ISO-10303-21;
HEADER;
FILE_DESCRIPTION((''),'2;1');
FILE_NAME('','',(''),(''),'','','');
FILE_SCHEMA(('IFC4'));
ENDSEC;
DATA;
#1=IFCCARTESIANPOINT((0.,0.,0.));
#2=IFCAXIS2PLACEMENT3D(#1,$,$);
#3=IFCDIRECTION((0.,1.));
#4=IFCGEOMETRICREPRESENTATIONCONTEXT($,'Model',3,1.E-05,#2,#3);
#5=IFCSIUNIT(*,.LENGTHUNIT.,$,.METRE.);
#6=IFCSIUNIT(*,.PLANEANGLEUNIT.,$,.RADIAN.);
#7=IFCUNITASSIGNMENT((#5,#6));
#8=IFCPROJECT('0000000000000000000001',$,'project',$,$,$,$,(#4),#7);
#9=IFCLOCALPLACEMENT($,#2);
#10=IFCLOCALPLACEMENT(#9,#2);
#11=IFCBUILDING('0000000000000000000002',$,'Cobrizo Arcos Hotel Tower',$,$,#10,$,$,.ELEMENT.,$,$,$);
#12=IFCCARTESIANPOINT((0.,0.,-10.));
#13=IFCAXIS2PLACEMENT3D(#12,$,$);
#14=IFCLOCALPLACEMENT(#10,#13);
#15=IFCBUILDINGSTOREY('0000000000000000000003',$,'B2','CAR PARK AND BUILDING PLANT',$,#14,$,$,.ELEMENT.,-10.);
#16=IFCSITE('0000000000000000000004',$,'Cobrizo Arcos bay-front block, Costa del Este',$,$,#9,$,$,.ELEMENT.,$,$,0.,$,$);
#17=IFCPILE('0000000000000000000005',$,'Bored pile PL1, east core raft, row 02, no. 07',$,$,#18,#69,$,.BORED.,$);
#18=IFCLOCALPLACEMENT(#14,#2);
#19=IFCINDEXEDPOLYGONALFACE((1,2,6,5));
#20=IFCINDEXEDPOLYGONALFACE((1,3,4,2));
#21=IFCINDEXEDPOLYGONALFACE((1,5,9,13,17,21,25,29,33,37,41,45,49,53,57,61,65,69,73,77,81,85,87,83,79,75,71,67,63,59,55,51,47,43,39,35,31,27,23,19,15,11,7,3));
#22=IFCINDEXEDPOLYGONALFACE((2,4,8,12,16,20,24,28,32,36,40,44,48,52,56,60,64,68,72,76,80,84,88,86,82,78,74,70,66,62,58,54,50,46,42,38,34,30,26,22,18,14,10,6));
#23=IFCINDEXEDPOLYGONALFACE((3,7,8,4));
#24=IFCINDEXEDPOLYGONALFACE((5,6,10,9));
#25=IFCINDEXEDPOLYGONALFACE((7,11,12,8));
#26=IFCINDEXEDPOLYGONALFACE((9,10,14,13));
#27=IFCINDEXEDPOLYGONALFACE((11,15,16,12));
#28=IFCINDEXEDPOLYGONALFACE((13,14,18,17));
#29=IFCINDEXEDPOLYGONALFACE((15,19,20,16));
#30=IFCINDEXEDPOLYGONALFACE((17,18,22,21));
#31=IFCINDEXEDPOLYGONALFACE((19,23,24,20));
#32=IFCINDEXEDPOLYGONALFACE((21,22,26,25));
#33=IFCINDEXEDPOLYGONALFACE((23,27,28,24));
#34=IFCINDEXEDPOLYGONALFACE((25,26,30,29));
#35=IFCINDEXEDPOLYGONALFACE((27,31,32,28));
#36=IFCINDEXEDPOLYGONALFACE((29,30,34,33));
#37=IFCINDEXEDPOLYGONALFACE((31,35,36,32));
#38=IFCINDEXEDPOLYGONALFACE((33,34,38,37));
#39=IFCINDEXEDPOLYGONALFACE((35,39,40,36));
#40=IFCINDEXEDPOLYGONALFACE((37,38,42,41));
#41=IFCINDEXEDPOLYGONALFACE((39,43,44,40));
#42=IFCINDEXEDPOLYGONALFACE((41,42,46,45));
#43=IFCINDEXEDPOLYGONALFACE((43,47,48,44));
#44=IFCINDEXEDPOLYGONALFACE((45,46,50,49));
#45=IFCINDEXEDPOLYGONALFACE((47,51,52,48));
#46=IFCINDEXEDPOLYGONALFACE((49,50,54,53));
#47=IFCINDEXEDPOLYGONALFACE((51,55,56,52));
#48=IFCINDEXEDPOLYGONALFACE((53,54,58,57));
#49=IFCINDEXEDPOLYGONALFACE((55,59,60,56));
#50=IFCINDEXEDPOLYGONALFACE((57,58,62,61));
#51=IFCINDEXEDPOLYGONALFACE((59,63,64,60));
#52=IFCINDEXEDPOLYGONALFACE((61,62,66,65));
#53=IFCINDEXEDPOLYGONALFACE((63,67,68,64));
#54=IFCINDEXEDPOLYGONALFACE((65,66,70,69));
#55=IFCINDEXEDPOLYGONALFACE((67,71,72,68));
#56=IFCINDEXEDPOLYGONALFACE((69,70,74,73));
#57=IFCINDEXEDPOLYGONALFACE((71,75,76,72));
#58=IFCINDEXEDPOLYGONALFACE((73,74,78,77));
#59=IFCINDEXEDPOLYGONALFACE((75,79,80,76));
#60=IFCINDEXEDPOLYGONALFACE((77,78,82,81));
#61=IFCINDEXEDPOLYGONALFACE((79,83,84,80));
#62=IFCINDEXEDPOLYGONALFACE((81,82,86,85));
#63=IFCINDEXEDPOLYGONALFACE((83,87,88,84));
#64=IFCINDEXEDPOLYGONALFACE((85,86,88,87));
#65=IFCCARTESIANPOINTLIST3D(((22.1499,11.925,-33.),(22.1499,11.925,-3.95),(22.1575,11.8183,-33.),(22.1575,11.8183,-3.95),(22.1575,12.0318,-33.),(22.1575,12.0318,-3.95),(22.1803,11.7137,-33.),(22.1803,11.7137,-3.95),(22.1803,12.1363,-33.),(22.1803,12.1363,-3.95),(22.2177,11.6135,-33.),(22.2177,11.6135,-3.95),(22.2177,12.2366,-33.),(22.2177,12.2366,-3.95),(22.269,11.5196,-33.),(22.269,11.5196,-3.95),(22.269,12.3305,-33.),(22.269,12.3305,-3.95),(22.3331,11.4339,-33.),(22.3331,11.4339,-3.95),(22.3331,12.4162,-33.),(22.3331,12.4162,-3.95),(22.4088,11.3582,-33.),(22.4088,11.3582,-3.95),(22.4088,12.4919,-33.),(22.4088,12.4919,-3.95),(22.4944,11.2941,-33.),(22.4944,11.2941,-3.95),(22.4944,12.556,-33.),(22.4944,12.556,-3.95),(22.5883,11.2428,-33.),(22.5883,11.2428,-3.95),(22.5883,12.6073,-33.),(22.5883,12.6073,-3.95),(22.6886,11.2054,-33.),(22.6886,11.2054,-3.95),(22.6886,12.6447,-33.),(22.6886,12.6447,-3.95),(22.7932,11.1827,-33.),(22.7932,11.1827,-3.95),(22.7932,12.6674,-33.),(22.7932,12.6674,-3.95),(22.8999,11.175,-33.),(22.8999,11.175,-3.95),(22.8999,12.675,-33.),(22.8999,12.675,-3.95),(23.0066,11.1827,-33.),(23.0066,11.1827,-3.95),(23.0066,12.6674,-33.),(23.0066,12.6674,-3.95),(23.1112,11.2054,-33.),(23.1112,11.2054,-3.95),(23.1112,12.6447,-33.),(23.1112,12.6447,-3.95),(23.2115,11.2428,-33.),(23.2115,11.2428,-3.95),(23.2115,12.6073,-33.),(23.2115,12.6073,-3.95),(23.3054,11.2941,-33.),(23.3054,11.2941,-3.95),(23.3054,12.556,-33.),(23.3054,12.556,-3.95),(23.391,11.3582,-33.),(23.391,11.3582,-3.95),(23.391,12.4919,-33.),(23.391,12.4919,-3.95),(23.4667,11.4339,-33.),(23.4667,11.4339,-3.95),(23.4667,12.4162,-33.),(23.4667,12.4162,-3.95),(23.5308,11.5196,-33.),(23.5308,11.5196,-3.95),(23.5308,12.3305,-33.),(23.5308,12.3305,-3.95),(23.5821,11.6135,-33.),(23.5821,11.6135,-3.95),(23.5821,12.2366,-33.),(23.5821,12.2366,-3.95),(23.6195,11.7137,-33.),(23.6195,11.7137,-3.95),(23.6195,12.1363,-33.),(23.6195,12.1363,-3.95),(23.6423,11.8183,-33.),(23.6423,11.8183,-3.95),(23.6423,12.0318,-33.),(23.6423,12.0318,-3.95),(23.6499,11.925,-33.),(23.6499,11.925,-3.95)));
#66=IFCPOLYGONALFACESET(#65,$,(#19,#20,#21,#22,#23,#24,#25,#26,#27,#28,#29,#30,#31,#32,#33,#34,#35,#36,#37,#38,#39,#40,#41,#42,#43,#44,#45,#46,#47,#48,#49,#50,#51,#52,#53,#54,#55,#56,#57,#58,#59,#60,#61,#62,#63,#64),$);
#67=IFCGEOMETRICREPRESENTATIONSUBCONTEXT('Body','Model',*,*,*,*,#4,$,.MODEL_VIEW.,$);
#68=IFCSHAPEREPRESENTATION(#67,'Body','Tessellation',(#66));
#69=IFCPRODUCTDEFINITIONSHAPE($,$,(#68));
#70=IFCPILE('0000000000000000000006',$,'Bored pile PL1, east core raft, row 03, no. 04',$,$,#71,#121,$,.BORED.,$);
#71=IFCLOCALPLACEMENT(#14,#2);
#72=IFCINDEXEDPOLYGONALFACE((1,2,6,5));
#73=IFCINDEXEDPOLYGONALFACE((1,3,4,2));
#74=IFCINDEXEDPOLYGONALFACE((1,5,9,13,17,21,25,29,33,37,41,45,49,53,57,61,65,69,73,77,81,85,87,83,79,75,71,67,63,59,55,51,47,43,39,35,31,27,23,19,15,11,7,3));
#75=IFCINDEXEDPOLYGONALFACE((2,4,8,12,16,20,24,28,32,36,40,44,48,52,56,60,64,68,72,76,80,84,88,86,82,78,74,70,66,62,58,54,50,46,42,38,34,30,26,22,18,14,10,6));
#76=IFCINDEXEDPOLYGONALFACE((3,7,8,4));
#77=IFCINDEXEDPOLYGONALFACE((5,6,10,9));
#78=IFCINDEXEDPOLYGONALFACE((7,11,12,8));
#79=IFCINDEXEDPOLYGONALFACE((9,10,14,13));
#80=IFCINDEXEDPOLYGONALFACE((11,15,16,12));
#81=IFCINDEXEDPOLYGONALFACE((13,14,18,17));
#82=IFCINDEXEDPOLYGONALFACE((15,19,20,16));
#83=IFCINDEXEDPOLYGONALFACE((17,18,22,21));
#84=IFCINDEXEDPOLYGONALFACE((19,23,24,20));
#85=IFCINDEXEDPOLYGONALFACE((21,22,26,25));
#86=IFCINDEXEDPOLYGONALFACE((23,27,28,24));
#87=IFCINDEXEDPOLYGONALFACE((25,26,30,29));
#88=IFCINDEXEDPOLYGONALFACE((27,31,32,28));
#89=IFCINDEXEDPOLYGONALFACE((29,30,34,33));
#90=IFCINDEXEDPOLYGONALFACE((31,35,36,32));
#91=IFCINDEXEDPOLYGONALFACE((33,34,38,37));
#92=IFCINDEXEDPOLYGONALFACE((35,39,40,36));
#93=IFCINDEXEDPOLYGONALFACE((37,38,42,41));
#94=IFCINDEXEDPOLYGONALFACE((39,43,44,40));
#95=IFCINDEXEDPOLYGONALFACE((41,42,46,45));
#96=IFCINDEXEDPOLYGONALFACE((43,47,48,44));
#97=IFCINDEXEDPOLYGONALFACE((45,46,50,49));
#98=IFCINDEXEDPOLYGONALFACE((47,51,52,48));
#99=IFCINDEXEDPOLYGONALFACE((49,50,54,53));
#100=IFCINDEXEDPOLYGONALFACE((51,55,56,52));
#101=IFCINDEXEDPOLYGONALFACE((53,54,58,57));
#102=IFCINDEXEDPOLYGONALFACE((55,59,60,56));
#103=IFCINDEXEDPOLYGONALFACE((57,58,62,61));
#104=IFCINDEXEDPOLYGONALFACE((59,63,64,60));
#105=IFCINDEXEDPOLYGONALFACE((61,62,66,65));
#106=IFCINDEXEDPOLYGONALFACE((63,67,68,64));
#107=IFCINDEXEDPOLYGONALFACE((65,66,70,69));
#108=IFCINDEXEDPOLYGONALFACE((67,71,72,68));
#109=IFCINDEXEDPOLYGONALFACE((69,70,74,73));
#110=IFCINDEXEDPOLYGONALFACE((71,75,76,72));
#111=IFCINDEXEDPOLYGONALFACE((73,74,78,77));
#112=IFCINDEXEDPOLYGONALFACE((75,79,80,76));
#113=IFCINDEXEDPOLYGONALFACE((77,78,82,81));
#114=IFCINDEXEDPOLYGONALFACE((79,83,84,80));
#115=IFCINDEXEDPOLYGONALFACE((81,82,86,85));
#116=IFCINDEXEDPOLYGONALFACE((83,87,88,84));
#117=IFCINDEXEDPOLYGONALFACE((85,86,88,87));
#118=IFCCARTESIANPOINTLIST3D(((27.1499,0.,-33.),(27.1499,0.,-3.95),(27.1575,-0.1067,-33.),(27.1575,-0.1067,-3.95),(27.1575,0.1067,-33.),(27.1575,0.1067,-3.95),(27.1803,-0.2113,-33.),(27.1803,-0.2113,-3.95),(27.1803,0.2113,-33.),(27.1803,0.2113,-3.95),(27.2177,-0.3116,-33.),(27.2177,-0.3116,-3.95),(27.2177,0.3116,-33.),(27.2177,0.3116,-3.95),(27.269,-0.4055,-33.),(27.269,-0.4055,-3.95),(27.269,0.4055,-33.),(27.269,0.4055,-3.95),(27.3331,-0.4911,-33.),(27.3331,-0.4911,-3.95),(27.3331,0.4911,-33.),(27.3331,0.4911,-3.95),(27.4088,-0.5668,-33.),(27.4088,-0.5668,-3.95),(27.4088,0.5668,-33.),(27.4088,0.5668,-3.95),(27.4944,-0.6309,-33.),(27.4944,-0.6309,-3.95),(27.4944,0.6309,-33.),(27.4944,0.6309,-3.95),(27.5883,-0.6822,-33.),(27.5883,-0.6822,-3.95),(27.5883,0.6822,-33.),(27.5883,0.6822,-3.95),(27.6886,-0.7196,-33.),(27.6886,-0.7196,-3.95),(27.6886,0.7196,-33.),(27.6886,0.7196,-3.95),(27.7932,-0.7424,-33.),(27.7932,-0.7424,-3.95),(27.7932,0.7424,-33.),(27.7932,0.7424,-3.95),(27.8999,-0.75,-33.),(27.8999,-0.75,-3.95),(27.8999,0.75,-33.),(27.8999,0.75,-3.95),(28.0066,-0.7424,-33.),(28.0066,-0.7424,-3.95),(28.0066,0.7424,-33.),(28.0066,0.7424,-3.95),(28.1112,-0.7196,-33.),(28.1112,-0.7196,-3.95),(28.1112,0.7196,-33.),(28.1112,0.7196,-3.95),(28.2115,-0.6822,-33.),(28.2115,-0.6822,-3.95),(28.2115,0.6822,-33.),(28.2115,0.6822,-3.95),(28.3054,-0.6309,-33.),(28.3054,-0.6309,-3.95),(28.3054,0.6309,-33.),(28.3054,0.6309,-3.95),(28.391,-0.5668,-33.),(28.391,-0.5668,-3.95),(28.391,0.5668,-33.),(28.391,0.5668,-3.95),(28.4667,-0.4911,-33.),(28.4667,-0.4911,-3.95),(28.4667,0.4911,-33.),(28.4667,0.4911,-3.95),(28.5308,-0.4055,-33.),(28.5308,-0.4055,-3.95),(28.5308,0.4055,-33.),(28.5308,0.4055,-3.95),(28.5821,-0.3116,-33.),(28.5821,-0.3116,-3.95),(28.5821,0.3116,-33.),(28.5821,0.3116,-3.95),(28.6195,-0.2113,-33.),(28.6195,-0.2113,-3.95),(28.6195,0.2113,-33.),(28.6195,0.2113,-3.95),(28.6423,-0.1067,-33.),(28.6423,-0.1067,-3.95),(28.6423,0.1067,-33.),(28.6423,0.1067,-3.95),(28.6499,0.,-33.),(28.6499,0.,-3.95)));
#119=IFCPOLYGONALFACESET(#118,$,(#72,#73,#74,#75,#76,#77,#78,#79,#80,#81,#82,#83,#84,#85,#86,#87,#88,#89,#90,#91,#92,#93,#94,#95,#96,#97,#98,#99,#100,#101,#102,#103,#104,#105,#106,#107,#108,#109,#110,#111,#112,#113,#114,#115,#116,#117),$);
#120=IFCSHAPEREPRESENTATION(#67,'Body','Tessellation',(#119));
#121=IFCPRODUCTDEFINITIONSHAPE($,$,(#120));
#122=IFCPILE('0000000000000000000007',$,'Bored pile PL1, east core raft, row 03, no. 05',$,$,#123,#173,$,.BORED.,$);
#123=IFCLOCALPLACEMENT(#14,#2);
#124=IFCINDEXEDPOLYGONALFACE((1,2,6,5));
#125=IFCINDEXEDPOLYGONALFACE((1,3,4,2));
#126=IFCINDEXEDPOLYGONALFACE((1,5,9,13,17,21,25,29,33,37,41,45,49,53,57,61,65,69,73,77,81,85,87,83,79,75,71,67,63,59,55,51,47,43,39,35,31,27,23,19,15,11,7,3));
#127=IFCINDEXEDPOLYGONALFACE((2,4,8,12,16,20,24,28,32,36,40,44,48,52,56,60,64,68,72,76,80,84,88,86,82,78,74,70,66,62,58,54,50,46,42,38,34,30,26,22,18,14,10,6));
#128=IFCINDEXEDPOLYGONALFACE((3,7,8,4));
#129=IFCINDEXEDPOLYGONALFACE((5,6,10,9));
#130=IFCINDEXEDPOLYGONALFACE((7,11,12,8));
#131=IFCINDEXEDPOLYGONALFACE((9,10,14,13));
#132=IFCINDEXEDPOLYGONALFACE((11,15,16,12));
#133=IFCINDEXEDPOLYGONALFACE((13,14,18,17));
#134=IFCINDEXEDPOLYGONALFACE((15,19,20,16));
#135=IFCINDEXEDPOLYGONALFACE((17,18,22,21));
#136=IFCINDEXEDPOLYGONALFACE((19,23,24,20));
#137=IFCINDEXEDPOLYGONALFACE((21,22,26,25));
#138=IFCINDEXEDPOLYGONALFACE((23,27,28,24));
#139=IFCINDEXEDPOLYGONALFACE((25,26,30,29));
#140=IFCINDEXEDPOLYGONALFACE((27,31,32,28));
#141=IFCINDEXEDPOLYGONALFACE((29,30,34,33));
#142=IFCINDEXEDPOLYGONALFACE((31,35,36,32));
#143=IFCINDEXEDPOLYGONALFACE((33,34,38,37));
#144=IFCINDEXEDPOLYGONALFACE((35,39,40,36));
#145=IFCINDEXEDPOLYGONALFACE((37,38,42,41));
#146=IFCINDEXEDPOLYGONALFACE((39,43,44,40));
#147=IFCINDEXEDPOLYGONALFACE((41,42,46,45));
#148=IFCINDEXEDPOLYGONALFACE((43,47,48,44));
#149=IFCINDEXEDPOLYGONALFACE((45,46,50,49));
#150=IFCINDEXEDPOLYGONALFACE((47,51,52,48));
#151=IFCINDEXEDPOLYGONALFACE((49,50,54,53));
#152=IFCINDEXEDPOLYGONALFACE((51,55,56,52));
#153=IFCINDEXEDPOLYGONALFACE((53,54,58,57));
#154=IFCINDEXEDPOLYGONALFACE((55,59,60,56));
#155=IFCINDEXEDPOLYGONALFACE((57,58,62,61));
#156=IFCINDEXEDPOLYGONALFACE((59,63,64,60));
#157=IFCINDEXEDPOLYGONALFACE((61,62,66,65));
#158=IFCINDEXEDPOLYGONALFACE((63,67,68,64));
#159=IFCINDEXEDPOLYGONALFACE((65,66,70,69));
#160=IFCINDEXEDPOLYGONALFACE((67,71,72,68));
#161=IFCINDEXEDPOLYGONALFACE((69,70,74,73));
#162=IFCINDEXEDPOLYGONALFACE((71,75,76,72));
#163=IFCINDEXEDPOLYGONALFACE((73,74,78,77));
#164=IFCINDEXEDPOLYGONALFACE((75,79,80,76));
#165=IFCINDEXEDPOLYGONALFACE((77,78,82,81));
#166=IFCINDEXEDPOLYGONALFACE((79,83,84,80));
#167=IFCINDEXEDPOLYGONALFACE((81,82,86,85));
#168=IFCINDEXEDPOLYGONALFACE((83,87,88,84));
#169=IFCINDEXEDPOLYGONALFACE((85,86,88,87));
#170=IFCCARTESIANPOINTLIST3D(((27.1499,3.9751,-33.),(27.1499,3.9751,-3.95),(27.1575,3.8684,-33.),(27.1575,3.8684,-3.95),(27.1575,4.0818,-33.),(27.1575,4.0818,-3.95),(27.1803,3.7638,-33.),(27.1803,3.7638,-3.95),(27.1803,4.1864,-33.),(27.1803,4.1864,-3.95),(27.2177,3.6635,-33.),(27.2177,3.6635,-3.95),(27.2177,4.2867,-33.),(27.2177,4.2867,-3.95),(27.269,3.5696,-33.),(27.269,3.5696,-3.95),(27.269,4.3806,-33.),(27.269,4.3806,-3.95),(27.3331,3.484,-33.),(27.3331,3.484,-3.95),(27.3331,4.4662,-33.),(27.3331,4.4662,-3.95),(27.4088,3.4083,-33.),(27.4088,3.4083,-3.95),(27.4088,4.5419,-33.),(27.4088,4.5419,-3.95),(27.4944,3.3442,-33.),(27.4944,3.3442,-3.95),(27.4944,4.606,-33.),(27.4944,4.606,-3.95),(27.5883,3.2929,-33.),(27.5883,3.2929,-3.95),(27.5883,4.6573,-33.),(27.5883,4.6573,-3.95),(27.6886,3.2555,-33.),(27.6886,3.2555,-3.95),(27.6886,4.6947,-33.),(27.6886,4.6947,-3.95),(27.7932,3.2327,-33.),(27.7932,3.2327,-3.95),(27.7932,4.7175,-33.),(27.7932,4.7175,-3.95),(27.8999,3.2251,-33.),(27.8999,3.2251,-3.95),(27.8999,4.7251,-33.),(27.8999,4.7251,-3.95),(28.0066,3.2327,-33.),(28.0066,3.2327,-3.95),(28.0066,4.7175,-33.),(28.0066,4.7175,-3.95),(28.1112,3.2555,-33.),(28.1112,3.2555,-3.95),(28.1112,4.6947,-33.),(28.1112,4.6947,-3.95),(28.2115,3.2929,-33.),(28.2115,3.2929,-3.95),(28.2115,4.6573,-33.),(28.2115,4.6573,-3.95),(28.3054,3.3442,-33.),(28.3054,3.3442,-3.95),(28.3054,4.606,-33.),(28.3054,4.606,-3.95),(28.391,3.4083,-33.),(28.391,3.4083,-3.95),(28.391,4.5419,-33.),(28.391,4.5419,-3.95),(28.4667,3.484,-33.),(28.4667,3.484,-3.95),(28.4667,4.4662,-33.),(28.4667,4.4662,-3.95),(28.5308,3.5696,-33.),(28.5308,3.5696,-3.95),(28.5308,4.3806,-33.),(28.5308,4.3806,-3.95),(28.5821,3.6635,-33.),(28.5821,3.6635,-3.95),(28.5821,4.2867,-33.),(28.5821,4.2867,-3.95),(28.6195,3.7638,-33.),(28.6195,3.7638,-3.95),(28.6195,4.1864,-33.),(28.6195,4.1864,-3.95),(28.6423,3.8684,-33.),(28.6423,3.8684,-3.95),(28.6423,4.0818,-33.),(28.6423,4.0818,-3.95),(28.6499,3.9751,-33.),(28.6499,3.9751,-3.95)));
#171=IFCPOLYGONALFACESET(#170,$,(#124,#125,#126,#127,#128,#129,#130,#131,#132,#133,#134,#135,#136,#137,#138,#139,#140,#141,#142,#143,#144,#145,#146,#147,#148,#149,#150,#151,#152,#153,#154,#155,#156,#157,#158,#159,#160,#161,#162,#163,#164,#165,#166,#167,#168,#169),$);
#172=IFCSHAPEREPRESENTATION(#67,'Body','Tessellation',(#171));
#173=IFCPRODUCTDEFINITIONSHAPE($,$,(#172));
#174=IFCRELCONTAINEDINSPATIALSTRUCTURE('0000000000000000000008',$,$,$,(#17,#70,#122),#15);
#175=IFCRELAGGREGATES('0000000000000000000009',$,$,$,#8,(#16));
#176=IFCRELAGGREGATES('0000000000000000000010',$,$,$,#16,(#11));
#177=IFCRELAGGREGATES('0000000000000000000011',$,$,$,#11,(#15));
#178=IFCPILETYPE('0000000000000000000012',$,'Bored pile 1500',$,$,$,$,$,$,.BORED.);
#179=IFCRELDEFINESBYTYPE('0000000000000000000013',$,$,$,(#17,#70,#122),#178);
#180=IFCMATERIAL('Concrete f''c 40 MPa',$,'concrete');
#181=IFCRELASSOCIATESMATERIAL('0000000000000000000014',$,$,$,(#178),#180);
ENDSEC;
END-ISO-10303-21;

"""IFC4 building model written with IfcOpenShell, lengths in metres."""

from ifc_helpers import new_model, si_unit, direction, frame, origin, origin_2d, place, context, subcontext, project, spatial, circle, extrude, material, material_profile, profile_set, type_object, element, save


model = new_model("IFC4")

# Units and contexts
model_context = context("Model", 3, precision=1e-05, world=origin(), true_north=direction((0.0, 1.0)))
body_context = subcontext(model_context, "Body", "Model", "MODEL_VIEW")
ifc_project = project(units=[si_unit("LENGTHUNIT", "METRE"), si_unit("PLANEANGLEUNIT", "RADIAN")], contexts=[model_context])

# Site, building, storey
site_placement = place(None, origin())
site = spatial("IfcSite", under=ifc_project, at=site_placement, Name="Cobrizo Arcos bay-front block, Costa del Este", CompositionType="ELEMENT", RefElevation=0.0)
building_placement = place(site_placement, origin())
building = spatial("IfcBuilding", under=site, at=building_placement, Name="Cobrizo Arcos Hotel Tower", CompositionType="ELEMENT")
storey_placement = place(building_placement, frame((0.0, 0.0, -10.0)))
storey = spatial("IfcBuildingStorey", under=building, at=storey_placement, Name="B2", Description="CAR PARK AND BUILDING PLANT", CompositionType="ELEMENT", Elevation=-10.0)

# Piles
ifc_material_1 = material(Name="Concrete f'c 40 MPa", Category="concrete")
ifc_material_profile_1 = material_profile(ifc_material_1, circle(Radius=0.75, at=origin_2d()), Name="BORED PILE 1500")
ifc_profile_set_1 = profile_set([ifc_material_profile_1], Name="Concrete f'c 40 MPa")
pile_type = type_object("IfcPileType", Name="Bored pile 1500", PredefinedType="BORED", material=ifc_profile_set_1)
for number, where, z_axis, x_axis, name in (
    (1, (22.8999, 11.925, -3.95), (0.0, 0.0, -1.0), (1.0, 0.0, 0.0), "Bored pile PL1, east core raft, row 02, no. 07"),
    (2, (27.8999, 0.0, -3.95), (0.0, 0.0, -1.0), (1.0, 0.0, 0.0), "Bored pile PL1, east core raft, row 03, no. 04"),
    (3, (27.8999, 3.9751, -3.95), (0.0, 0.0, -1.0), (1.0, 0.0, 0.0), "Bored pile PL1, east core raft, row 03, no. 05"),
):
    element("IfcPile", number, at=place(storey_placement, frame(where, z_axis=z_axis, x_axis=x_axis)), inside=storey, type_object=pile_type, Name=name, PredefinedType="BORED", context=body_context, shape_type="SweptSolid", body=[
        extrude(circle(Radius=0.75, at=origin_2d()), origin(), (0.0, 0.0, 1.0), 29.05),
    ])

save(model, "model.ifc")
